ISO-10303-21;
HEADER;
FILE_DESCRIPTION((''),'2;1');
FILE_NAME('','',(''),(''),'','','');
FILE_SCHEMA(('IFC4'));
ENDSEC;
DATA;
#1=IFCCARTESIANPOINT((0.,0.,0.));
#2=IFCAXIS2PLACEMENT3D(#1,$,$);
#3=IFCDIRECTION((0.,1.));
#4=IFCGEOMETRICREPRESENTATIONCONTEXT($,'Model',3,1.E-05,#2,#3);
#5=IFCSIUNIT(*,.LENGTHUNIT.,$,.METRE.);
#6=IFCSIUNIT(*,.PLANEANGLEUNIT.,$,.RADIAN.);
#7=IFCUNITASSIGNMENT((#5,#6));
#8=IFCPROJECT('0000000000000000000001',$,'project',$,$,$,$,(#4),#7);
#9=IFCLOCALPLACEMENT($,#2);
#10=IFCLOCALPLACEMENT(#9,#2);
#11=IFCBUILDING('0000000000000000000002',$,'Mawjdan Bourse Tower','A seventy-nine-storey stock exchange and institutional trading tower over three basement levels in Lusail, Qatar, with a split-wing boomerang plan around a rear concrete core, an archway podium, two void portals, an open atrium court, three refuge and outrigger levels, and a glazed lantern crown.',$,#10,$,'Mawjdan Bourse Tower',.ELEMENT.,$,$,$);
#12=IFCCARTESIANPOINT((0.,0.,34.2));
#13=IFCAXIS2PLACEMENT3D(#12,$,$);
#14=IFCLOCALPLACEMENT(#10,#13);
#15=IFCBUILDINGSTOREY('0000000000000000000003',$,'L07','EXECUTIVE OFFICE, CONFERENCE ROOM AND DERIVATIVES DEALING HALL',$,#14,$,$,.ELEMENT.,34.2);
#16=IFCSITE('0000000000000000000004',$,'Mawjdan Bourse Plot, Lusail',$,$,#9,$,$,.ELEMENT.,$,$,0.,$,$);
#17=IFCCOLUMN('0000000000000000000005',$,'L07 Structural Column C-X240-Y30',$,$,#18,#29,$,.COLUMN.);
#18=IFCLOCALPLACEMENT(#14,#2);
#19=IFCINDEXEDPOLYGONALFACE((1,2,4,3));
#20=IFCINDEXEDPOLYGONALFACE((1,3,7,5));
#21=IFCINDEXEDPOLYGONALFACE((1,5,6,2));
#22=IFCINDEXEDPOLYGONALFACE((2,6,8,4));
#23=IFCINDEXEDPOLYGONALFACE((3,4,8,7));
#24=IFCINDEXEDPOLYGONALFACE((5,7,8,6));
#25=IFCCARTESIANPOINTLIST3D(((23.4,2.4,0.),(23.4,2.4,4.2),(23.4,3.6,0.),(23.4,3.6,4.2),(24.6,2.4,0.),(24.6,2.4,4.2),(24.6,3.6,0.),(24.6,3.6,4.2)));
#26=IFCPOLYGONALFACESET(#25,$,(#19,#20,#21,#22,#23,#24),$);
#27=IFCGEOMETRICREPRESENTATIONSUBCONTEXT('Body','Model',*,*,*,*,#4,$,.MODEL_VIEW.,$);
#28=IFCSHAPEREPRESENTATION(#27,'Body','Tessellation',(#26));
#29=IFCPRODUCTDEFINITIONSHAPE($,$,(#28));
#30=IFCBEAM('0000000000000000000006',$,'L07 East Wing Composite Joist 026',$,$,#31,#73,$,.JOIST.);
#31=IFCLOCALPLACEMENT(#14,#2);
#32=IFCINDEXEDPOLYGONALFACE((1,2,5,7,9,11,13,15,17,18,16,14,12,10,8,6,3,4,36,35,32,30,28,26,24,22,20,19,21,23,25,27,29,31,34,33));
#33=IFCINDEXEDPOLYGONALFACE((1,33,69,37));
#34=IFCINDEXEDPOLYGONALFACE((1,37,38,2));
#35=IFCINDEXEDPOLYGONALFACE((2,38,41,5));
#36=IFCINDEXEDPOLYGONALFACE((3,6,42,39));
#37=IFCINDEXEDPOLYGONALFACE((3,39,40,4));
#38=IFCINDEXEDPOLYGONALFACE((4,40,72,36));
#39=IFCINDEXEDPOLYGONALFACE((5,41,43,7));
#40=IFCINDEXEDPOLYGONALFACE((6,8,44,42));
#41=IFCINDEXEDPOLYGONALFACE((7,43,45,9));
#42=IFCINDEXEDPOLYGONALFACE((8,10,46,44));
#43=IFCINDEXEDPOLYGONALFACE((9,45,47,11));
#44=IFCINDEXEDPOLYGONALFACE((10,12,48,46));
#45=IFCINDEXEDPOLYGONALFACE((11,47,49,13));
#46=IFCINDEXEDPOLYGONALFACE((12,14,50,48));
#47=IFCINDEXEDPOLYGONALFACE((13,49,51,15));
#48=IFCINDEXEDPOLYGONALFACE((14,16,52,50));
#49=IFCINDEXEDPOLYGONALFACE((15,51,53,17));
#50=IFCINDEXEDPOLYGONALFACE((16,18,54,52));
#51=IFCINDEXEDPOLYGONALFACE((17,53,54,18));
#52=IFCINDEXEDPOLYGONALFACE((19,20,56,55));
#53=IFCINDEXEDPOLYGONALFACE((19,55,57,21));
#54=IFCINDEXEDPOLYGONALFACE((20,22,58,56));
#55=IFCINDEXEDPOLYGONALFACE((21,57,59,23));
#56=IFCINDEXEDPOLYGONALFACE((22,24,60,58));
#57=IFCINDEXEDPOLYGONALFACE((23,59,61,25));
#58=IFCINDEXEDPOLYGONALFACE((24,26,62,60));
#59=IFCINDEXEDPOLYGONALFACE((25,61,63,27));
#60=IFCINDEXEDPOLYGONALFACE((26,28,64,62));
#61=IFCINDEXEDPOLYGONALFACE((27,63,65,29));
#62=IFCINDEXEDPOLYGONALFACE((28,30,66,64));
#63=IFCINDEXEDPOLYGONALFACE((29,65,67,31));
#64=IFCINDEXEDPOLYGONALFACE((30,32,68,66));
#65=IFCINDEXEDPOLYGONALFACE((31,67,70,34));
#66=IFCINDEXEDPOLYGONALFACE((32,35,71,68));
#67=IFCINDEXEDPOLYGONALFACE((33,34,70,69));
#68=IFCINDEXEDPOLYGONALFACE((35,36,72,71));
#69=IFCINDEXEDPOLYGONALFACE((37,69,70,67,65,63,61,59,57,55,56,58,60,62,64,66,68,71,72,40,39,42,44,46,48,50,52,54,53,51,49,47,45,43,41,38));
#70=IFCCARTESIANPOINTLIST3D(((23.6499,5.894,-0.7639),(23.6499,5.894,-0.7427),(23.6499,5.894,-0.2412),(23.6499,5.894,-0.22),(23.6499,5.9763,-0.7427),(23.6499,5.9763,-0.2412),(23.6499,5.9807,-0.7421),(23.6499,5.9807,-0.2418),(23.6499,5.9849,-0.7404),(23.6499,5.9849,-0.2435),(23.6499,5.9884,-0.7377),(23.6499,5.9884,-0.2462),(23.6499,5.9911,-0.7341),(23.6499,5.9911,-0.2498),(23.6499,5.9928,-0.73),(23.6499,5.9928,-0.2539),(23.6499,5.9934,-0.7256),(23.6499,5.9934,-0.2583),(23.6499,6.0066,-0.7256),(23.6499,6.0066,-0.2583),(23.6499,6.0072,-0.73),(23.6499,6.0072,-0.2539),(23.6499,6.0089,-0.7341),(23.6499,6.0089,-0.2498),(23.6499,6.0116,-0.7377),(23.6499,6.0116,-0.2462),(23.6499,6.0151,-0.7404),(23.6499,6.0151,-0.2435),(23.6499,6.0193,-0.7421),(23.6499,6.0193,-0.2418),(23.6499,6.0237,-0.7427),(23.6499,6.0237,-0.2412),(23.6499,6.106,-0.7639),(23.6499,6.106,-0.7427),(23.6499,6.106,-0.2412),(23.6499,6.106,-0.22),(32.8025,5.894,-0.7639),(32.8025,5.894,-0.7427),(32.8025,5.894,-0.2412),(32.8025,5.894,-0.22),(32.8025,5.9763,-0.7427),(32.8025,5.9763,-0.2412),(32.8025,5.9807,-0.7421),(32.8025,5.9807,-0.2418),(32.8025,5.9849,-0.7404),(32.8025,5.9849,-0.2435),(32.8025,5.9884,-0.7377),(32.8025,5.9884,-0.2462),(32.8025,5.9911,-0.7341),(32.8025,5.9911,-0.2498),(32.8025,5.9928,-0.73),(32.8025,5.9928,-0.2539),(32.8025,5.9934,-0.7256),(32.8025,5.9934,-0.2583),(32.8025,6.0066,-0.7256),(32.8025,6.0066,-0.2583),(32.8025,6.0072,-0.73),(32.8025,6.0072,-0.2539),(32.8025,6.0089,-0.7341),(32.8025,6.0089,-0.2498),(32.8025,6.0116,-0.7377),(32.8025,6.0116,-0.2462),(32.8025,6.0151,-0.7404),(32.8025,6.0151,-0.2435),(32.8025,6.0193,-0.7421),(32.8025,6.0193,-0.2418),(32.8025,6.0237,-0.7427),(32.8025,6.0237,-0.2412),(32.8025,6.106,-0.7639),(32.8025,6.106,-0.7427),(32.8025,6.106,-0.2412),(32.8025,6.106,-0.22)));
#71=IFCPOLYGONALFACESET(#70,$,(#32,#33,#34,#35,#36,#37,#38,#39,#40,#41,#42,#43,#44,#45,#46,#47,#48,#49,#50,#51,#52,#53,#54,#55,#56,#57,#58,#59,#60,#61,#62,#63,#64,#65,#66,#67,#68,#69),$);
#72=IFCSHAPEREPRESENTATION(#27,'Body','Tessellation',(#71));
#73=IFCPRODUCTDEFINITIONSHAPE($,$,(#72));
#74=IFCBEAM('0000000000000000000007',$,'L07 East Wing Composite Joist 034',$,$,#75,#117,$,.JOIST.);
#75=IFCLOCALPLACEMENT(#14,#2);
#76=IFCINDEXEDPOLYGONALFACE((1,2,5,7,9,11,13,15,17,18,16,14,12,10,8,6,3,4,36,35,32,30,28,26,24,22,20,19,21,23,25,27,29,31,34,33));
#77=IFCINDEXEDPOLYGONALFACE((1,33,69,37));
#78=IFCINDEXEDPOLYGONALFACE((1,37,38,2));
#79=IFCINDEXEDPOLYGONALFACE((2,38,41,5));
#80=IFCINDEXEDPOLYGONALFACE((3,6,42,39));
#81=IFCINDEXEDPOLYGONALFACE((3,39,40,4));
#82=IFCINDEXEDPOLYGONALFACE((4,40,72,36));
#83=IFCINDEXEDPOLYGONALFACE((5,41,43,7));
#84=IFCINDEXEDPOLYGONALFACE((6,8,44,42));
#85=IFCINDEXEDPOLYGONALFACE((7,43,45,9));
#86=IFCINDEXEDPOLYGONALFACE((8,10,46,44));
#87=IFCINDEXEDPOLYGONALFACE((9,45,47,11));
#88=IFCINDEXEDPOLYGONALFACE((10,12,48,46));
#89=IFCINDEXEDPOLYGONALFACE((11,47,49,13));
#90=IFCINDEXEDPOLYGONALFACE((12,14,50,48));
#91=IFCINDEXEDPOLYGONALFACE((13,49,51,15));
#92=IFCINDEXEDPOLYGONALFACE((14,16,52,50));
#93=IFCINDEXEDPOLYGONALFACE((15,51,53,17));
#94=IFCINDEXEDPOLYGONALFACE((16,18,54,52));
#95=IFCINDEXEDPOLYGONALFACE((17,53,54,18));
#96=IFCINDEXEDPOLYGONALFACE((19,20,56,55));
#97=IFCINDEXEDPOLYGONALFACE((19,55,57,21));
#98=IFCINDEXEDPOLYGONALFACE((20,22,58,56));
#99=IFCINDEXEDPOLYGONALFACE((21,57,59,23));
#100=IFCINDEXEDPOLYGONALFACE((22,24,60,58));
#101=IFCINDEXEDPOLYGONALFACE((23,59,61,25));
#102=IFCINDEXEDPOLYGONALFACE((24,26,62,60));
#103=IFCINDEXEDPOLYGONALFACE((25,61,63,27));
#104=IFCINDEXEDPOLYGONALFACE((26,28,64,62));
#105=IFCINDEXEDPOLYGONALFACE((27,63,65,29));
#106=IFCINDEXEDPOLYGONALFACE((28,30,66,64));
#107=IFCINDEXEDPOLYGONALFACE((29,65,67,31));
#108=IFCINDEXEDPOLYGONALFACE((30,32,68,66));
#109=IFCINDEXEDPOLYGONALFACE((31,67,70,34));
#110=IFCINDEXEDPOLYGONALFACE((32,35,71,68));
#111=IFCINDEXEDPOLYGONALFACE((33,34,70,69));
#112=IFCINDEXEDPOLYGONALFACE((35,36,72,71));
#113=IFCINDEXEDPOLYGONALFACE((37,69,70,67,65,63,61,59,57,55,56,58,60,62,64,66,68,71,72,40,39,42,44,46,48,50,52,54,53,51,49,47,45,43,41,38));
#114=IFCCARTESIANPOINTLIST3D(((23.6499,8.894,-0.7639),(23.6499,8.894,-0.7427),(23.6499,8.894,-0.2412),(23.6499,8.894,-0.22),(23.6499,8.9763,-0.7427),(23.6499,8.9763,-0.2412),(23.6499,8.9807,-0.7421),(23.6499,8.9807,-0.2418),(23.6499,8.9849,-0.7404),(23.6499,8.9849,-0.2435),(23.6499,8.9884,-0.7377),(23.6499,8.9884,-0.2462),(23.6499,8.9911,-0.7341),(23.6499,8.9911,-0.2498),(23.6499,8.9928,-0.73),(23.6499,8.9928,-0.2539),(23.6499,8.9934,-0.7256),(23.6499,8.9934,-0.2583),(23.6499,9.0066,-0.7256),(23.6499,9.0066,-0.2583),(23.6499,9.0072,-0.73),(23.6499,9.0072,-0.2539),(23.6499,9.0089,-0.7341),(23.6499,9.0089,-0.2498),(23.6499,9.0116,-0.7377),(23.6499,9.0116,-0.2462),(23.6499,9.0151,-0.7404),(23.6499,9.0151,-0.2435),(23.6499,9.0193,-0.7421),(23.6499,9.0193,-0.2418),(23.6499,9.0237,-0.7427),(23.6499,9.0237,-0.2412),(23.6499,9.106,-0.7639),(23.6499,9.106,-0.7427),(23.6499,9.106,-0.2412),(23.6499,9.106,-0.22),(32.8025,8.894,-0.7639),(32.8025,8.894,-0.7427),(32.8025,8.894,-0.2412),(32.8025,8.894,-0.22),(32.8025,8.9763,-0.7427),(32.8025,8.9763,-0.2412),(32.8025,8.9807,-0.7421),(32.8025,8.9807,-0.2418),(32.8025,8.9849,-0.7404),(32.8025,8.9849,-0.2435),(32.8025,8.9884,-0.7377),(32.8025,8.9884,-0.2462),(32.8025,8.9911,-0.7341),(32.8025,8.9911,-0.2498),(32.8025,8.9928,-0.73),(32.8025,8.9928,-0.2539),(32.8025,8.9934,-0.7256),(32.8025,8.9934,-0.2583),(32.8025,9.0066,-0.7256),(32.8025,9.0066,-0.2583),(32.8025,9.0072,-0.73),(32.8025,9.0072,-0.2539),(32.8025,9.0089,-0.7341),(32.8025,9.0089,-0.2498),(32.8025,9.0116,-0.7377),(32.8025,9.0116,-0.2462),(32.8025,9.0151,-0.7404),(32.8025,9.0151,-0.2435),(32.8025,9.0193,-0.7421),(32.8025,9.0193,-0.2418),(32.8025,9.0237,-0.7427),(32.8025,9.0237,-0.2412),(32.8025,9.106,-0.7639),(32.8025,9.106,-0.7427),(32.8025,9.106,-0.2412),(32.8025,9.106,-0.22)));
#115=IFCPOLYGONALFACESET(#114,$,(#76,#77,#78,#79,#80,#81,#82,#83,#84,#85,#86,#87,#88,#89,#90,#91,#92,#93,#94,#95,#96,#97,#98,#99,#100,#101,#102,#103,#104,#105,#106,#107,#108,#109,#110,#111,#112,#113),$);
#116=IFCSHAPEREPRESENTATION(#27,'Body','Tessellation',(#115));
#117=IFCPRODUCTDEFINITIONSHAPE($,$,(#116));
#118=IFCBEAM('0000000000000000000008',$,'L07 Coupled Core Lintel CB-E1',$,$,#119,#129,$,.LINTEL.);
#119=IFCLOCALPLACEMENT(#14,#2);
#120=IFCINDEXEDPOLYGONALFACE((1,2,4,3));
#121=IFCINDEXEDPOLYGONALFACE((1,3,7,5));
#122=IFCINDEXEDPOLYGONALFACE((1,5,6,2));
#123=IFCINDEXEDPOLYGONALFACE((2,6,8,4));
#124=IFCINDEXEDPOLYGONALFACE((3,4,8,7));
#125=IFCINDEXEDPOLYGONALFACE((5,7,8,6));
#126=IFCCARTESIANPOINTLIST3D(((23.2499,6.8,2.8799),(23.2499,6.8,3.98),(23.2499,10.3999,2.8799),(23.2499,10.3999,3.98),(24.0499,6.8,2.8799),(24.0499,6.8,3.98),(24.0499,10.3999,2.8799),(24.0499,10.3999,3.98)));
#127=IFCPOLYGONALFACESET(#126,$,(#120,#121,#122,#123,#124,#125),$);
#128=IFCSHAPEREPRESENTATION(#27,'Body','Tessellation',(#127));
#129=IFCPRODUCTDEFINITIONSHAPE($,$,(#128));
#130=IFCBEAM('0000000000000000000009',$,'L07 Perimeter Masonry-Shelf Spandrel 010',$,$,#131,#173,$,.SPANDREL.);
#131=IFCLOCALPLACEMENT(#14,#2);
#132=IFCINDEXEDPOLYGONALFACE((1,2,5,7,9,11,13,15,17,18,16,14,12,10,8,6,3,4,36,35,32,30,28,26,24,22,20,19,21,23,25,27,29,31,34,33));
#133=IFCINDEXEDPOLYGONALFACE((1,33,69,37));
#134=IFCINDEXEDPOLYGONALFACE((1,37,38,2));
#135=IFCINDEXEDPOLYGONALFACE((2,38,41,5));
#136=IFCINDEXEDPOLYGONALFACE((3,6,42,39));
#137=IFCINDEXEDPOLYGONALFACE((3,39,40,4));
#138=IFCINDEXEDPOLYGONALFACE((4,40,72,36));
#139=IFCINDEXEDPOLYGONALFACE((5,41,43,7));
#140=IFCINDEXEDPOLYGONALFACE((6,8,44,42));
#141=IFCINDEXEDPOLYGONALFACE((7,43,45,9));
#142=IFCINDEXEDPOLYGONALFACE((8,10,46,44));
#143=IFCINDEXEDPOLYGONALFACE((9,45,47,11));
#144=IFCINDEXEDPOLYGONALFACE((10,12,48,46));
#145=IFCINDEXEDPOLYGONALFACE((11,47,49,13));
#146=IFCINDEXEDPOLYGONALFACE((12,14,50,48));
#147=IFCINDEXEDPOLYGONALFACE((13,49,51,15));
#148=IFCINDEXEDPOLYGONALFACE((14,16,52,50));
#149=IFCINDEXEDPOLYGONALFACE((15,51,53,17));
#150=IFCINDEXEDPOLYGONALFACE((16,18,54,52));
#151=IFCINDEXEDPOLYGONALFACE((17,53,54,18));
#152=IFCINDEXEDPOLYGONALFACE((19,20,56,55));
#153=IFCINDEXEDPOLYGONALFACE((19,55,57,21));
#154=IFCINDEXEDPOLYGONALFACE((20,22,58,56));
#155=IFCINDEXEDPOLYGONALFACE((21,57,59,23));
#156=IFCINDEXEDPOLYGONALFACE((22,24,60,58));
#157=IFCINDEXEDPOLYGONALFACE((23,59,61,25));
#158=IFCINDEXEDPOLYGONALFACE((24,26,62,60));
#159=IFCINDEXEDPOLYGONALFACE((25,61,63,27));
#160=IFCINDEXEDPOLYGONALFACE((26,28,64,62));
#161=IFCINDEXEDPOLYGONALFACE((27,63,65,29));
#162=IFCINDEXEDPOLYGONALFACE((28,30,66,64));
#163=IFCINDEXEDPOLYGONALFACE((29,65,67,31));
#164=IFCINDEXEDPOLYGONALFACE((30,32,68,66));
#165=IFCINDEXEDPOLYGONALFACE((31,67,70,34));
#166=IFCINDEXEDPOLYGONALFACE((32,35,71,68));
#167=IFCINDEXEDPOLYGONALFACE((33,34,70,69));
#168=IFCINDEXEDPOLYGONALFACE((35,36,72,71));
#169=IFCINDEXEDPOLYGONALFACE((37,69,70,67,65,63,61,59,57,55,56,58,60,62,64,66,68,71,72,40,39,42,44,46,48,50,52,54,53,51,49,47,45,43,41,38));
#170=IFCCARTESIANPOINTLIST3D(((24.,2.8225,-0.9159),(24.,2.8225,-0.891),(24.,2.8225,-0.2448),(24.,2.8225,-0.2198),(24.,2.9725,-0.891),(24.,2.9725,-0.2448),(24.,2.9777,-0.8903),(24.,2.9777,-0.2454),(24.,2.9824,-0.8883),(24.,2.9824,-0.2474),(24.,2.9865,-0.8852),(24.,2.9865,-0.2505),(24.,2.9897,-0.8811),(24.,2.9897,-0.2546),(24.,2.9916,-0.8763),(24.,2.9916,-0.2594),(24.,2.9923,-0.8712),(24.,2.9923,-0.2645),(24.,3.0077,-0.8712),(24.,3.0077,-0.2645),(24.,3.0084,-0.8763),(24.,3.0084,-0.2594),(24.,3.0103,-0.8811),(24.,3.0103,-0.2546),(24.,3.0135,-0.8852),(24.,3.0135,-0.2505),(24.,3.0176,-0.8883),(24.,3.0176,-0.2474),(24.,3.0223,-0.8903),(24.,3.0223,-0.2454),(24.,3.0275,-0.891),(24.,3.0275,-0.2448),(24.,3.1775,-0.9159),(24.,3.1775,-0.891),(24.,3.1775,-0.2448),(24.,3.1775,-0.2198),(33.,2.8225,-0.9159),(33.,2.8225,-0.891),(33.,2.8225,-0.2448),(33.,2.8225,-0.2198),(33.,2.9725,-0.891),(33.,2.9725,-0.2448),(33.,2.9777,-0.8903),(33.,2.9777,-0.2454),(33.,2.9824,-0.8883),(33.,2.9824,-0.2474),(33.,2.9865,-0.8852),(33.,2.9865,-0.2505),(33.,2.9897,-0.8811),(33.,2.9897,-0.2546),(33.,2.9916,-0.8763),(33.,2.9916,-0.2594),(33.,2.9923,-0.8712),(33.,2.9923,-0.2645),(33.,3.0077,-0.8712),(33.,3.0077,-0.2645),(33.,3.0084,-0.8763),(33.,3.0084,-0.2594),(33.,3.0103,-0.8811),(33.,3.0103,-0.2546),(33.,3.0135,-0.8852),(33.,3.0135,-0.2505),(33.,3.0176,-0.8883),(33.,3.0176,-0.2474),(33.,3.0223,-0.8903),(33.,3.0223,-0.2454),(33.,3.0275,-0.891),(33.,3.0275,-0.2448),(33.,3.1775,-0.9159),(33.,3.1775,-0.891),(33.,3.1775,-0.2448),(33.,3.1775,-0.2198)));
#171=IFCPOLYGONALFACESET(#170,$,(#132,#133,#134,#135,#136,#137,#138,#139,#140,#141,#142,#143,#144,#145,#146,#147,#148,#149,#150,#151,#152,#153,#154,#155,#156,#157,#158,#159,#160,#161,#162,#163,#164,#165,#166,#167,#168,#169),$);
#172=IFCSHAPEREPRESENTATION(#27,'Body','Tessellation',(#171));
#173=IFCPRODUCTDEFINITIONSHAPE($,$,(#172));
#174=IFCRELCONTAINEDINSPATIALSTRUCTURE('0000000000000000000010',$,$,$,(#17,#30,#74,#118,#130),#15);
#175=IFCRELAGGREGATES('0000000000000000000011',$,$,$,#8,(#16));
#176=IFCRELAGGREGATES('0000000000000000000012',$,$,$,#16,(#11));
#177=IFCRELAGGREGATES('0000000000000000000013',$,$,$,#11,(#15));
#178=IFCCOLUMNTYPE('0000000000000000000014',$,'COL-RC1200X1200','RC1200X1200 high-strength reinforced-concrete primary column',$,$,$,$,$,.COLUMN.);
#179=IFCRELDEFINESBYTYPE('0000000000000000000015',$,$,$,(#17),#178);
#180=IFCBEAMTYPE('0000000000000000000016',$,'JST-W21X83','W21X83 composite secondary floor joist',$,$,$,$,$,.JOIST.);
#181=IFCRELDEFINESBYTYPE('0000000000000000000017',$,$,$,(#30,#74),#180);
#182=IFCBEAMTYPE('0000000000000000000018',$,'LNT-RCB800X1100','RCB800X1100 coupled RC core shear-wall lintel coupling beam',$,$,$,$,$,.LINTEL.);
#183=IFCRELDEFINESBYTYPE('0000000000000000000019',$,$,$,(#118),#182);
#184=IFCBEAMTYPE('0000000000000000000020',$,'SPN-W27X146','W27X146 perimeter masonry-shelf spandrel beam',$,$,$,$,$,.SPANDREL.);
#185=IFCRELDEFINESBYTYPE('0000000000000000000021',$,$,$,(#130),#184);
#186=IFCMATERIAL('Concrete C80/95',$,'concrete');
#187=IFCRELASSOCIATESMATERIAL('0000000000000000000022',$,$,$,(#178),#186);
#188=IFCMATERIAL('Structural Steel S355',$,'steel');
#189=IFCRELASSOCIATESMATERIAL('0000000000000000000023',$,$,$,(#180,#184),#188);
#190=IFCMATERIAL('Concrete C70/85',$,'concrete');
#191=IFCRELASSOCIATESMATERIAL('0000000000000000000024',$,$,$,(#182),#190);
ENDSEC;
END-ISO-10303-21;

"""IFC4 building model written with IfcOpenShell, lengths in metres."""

from ifc_helpers import new_model, si_unit, direction, frame, origin, origin_2d, place, context, subcontext, project, spatial, rectangle, i_section, extrude, material, material_profile, profile_set, type_object, element, save


model = new_model("IFC4")

# Units and contexts
model_context = context("Model", 3, precision=1e-05, world=origin(), true_north=direction((0.0, 1.0)))
body_context = subcontext(model_context, "Body", "Model", "MODEL_VIEW")
ifc_project = project(units=[si_unit("LENGTHUNIT", "METRE"), si_unit("PLANEANGLEUNIT", "RADIAN")], contexts=[model_context])

# Site, building, storey
site_placement = place(None, origin())
site = spatial("IfcSite", under=ifc_project, at=site_placement, Name="Mawjdan Bourse Plot, Lusail", CompositionType="ELEMENT", RefElevation=0.0)
building_placement = place(site_placement, origin())
building = spatial("IfcBuilding", under=site, at=building_placement, Name="Mawjdan Bourse Tower", Description="A seventy-nine-storey stock exchange and institutional trading tower over three basement levels in Lusail, Qatar, with a split-wing boomerang plan around a rear concrete core, an archway podium, two void portals, an open atrium court, three refuge and outrigger levels, and a glazed lantern crown.", LongName="Mawjdan Bourse Tower", CompositionType="ELEMENT")
storey_placement = place(building_placement, frame((0.0, 0.0, 34.2)))
storey = spatial("IfcBuildingStorey", under=building, at=storey_placement, Name="L07", Description="EXECUTIVE OFFICE, CONFERENCE ROOM AND DERIVATIVES DEALING HALL", CompositionType="ELEMENT", Elevation=34.2)

# Column
ifc_material_1 = material(Name="Concrete C80/95", Category="concrete")
ifc_material_profile_1 = material_profile(ifc_material_1, rectangle(XDim=1.2, YDim=1.2, at=origin_2d()), Name="RC1200X1200")
ifc_profile_set_1 = profile_set([ifc_material_profile_1], Name="Concrete C80/95")
column_type = type_object("IfcColumnType", Name="COL-RC1200X1200", Description="RC1200X1200 high-strength reinforced-concrete primary column", PredefinedType="COLUMN", material=ifc_profile_set_1)
column_placement = place(storey_placement, frame((24.0, 3.0, 0.0), z_axis=(0.0, 0.0, 1.0), x_axis=(1.0, 0.0, 0.0)))
element("IfcColumn", 1, at=column_placement, inside=storey, type_object=column_type, Name="L07 Structural Column C-X240-Y30", PredefinedType="COLUMN", context=body_context, shape_type="SweptSolid", body=[
    extrude(rectangle(XDim=1.2, YDim=1.2, at=origin_2d()), origin(), (0.0, 0.0, 1.0), 4.2),
])

# Beams
ifc_material_2 = material(Name="Structural Steel S355", Category="steel")
ifc_material_profile_2 = material_profile(ifc_material_2, i_section(OverallWidth=0.2119, OverallDepth=0.5439, WebThickness=0.0132, FlangeThickness=0.0212, FilletRadius=0.0171, at=origin_2d()), Name="W21X83")
ifc_profile_set_2 = profile_set([ifc_material_profile_2], Name="Structural Steel S355")
beam_type_1 = type_object("IfcBeamType", Name="JST-W21X83", Description="W21X83 composite secondary floor joist", PredefinedType="JOIST", material=ifc_profile_set_2)
for number, where, z_axis, x_axis, name in (
    (2, (23.6499, 6.0, -0.4919), (1.0, 0.0, 0.0), (0.0, 1.0, 0.0), "L07 East Wing Composite Joist 026"),
    (3, (23.6499, 9.0, -0.4919), (1.0, 0.0, 0.0), (0.0, 1.0, 0.0), "L07 East Wing Composite Joist 034"),
):
    element("IfcBeam", number, at=place(storey_placement, frame(where, z_axis=z_axis, x_axis=x_axis)), inside=storey, type_object=beam_type_1, Name=name, PredefinedType="JOIST", context=body_context, shape_type="SweptSolid", body=[
        extrude(i_section(OverallWidth=0.2119, OverallDepth=0.5439, WebThickness=0.0132, FlangeThickness=0.0212, FilletRadius=0.0171, at=origin_2d()), origin(), (0.0, 0.0, 1.0), 9.1526),
    ])
ifc_material_3 = material(Name="Concrete C70/85", Category="concrete")
ifc_material_profile_3 = material_profile(ifc_material_3, rectangle(XDim=0.8, YDim=1.1001, at=origin_2d()), Name="RCB800X1100")
ifc_profile_set_3 = profile_set([ifc_material_profile_3], Name="Concrete C70/85")
beam_type_2 = type_object("IfcBeamType", Name="LNT-RCB800X1100", Description="RCB800X1100 coupled RC core shear-wall lintel coupling beam", PredefinedType="LINTEL", material=ifc_profile_set_3)
beam_1_placement = place(storey_placement, frame((23.6499, 6.8, 3.4299), z_axis=(0.0, 1.0, 0.0), x_axis=(-1.0, 0.0, 0.0)))
element("IfcBeam", 4, at=beam_1_placement, inside=storey, type_object=beam_type_2, Name="L07 Coupled Core Lintel CB-E1", PredefinedType="LINTEL", context=body_context, shape_type="SweptSolid", body=[
    extrude(rectangle(XDim=0.8, YDim=1.1001, at=origin_2d()), origin(), (0.0, 0.0, 1.0), 3.5999),
])
ifc_material_profile_4 = material_profile(ifc_material_2, i_section(OverallWidth=0.355, OverallDepth=0.696, WebThickness=0.0154, FlangeThickness=0.0249, FilletRadius=0.0198, at=origin_2d()), Name="W27X146")
ifc_profile_set_4 = profile_set([ifc_material_profile_4], Name="Structural Steel S355")
beam_type_3 = type_object("IfcBeamType", Name="SPN-W27X146", Description="W27X146 perimeter masonry-shelf spandrel beam", PredefinedType="SPANDREL", material=ifc_profile_set_4)
beam_2_placement = place(storey_placement, frame((24.0, 3.0, -0.5679), z_axis=(1.0, 0.0, 0.0), x_axis=(0.0, 1.0, 0.0)))
element("IfcBeam", 5, at=beam_2_placement, inside=storey, type_object=beam_type_3, Name="L07 Perimeter Masonry-Shelf Spandrel 010", PredefinedType="SPANDREL", context=body_context, shape_type="SweptSolid", body=[
    extrude(i_section(OverallWidth=0.355, OverallDepth=0.696, WebThickness=0.0154, FlangeThickness=0.0249, FilletRadius=0.0198, at=origin_2d()), origin(), (0.0, 0.0, 1.0), 9.0),
])

save(model, "model.ifc")
